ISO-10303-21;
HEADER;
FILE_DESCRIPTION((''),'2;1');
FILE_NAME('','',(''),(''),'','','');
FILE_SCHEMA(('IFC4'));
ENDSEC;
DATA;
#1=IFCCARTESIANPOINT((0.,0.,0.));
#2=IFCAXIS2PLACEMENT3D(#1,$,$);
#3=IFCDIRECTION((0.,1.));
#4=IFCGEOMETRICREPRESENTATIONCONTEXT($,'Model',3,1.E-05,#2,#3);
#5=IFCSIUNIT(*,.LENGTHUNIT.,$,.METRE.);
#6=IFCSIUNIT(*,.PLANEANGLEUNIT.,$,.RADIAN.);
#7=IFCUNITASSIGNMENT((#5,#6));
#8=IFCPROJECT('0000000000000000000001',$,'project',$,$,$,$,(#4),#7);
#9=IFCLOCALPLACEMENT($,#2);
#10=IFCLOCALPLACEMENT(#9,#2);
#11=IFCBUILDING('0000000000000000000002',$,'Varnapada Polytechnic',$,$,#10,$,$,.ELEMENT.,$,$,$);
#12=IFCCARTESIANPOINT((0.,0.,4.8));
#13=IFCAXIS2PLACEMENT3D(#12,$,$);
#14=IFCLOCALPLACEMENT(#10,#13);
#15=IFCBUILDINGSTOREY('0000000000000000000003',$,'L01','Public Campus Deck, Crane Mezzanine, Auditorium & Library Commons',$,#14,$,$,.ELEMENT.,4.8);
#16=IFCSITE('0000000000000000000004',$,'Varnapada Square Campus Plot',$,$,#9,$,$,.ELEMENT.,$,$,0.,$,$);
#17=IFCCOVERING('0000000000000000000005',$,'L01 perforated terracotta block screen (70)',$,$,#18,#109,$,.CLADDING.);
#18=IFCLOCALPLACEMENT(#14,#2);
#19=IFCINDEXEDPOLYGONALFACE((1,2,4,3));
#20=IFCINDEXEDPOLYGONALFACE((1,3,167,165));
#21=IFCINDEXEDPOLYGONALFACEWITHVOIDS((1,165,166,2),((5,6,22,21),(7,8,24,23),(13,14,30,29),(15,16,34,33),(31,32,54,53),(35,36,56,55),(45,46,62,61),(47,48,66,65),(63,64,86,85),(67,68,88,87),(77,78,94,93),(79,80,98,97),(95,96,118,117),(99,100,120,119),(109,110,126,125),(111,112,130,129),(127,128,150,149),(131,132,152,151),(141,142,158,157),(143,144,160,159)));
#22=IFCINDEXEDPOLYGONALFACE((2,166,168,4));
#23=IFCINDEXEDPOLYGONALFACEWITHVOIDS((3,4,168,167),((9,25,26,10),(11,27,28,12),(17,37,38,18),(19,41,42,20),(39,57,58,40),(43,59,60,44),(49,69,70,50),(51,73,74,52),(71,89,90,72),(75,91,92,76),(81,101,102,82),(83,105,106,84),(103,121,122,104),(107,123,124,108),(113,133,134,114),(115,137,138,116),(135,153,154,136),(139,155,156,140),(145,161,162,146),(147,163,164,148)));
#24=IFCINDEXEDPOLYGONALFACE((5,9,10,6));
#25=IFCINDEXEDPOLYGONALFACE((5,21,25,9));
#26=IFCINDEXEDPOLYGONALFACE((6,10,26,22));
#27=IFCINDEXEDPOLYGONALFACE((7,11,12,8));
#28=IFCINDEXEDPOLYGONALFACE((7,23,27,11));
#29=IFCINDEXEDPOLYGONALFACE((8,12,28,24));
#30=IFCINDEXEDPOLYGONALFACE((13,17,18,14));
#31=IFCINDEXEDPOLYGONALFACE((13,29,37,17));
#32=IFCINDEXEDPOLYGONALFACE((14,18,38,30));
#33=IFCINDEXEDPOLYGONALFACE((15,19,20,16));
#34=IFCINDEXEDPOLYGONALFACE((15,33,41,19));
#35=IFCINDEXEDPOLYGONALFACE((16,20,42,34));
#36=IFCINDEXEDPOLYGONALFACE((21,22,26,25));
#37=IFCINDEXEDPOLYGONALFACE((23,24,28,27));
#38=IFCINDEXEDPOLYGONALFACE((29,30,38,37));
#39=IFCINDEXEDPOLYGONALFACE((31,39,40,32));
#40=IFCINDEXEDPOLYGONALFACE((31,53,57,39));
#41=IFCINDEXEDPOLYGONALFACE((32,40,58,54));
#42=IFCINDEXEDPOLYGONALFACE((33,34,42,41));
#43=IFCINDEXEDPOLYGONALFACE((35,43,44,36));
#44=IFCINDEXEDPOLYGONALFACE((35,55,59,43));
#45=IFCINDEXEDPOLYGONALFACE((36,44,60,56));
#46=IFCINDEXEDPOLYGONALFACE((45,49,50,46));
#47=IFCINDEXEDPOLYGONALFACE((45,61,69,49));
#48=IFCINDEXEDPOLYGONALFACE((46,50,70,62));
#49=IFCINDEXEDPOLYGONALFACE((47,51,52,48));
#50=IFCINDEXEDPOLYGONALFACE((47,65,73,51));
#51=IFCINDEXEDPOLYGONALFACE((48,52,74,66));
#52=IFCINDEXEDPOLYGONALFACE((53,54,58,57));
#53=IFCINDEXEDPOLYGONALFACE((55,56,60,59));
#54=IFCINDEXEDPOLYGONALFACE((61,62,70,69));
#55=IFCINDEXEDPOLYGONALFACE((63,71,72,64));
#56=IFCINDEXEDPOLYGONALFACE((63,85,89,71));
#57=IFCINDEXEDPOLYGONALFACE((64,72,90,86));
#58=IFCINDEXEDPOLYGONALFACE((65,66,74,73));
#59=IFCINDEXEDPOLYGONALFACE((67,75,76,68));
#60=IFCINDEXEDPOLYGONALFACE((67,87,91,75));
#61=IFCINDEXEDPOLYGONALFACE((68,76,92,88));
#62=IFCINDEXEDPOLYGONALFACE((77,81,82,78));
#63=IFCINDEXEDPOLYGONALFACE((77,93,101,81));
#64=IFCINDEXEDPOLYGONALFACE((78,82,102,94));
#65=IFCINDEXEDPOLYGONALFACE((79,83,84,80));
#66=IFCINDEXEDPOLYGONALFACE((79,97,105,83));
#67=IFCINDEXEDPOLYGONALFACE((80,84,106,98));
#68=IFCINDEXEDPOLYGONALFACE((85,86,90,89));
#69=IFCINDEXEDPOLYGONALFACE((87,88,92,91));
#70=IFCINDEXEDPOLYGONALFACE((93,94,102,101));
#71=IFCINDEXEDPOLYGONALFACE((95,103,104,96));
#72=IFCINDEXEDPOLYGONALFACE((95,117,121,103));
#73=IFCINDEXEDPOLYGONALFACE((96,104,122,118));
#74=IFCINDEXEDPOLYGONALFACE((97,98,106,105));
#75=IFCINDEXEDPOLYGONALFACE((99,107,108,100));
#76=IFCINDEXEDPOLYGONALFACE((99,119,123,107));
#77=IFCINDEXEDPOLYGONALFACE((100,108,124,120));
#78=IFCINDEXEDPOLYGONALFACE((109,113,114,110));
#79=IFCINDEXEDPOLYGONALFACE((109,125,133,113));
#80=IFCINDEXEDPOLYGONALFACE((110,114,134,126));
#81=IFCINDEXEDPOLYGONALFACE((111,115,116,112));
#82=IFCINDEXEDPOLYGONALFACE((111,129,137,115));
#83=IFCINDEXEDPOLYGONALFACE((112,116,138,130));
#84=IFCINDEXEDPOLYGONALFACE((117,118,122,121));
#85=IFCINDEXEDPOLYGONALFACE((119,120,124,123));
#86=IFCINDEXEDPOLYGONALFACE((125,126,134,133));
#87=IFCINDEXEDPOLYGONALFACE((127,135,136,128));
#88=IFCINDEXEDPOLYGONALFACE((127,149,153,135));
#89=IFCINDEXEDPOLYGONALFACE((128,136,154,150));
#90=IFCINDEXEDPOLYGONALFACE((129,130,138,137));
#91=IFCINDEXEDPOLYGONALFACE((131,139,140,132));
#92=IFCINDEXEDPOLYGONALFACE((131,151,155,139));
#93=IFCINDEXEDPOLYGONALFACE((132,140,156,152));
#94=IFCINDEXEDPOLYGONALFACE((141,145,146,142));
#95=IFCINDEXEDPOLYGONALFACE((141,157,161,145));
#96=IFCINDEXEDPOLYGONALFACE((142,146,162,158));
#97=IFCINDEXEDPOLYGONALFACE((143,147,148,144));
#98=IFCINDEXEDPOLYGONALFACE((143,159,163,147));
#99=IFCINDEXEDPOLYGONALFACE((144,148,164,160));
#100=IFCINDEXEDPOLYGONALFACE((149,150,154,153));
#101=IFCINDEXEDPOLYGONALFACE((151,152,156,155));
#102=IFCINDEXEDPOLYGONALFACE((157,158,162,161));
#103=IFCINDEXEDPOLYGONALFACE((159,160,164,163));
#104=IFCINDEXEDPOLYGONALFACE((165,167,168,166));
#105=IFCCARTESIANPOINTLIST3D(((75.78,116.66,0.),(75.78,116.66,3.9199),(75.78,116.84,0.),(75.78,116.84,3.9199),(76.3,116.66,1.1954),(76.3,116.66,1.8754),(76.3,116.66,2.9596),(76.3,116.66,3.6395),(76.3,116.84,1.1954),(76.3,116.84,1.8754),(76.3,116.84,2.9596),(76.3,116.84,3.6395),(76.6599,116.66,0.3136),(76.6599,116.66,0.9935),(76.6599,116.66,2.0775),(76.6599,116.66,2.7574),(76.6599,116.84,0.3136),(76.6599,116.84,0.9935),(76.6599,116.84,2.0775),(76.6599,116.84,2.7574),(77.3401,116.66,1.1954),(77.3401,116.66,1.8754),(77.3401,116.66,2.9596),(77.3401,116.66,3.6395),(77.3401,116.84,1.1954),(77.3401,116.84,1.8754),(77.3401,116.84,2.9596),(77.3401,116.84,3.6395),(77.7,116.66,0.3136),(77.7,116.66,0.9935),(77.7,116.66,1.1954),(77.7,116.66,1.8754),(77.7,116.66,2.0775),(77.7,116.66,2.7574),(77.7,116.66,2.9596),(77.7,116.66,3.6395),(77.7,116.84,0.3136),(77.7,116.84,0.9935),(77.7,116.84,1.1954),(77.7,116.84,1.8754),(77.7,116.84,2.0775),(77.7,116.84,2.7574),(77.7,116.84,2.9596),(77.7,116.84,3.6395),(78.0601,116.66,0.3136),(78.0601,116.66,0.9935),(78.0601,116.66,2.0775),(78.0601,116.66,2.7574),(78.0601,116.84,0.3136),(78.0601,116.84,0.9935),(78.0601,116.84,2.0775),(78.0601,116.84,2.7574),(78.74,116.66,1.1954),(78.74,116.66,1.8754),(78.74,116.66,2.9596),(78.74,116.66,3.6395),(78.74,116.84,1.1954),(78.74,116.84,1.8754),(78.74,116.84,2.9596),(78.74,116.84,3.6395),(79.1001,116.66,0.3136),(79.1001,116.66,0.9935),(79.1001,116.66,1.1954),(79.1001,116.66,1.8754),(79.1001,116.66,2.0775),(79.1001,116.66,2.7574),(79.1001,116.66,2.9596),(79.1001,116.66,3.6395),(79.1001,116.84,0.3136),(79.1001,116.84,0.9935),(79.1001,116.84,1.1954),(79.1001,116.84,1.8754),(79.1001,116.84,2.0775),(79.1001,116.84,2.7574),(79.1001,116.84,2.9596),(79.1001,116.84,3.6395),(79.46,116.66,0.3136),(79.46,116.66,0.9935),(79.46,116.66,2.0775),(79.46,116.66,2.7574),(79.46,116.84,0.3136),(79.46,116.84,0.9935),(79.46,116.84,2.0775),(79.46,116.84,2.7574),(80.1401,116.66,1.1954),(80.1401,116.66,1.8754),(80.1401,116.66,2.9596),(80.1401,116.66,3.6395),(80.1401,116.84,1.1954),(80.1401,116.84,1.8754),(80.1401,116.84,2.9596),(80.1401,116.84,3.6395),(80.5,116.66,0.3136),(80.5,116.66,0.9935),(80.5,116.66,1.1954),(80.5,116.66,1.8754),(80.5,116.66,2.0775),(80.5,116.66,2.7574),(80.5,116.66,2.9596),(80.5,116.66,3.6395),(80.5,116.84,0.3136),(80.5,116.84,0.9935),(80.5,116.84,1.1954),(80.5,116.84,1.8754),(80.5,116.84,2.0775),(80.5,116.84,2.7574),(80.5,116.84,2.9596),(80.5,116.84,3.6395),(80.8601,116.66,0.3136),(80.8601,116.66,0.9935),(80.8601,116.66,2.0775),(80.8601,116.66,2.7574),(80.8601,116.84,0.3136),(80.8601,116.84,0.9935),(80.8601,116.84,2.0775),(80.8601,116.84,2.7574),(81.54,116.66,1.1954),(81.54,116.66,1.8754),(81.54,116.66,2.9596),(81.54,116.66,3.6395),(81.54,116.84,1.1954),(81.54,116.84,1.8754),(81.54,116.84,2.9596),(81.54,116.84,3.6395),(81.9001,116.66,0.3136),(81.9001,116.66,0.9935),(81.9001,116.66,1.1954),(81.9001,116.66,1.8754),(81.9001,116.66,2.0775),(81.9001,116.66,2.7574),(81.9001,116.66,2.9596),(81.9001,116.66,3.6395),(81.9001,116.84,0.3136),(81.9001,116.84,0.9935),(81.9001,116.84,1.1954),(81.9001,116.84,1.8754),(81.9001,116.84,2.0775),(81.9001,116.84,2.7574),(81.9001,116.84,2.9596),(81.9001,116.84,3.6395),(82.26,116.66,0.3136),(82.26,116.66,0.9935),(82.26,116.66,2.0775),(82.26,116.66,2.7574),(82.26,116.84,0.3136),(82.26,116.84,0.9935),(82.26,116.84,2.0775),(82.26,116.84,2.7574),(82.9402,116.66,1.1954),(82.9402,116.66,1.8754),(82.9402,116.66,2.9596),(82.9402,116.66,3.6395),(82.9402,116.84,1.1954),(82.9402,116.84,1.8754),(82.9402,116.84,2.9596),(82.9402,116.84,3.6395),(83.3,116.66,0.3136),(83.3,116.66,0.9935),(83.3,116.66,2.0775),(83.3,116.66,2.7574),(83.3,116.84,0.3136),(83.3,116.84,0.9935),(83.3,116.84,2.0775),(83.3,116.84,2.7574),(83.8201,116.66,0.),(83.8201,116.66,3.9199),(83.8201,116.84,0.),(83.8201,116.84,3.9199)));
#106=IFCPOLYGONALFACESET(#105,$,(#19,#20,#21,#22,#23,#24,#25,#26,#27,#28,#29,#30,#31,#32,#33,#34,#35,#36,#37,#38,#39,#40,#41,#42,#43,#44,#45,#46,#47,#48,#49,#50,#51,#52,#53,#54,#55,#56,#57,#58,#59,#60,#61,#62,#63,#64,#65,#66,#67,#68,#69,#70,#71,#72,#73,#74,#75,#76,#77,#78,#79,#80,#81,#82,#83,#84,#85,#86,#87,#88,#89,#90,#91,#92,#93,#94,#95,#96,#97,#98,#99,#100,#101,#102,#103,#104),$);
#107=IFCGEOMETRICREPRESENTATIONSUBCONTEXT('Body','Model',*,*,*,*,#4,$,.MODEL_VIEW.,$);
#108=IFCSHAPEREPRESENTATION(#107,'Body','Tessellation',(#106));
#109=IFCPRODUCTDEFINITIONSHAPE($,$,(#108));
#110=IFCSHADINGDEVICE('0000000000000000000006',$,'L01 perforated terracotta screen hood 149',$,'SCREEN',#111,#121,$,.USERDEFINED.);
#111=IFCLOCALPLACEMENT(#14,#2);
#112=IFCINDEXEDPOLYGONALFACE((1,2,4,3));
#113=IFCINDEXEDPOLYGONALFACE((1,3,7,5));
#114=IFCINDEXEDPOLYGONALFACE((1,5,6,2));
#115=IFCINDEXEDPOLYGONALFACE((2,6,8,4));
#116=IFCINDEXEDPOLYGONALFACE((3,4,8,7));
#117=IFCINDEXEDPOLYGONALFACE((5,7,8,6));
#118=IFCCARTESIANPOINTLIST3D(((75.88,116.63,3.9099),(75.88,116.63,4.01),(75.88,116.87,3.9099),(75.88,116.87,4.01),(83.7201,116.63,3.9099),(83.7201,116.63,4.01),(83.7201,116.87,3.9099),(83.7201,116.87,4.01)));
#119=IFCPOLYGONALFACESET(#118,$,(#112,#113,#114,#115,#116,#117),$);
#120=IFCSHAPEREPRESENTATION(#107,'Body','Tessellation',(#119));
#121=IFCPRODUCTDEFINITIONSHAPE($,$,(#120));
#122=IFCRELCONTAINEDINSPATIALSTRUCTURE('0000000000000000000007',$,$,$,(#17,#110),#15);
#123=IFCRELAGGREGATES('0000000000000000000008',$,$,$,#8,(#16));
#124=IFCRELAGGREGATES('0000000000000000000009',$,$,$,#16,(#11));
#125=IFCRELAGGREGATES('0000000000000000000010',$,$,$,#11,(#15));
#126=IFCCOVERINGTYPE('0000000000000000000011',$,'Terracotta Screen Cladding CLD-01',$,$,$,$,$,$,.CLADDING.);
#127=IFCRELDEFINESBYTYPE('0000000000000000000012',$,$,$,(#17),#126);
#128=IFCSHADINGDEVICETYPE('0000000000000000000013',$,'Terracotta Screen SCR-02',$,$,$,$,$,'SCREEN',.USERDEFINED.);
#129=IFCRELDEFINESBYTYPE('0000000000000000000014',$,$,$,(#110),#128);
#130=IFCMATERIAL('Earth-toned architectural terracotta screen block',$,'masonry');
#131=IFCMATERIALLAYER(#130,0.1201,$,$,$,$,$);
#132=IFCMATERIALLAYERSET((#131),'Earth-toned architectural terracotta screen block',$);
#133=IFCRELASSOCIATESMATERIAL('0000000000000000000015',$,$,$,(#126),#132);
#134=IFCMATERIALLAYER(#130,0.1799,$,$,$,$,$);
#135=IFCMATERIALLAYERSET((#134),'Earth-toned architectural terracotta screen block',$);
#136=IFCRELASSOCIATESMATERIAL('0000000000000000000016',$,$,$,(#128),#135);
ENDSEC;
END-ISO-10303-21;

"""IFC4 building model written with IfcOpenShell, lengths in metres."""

from ifc_helpers import new_model, si_unit, direction, frame, frame_2d, origin, origin_2d, place, context, subcontext, project, spatial, rectangle, extrude, material, layer, layer_set, type_object, element, save


model = new_model("IFC4")

# Units and contexts
model_context = context("Model", 3, precision=1e-05, world=origin(), true_north=direction((0.0, 1.0)))
body_context = subcontext(model_context, "Body", "Model", "MODEL_VIEW")
ifc_project = project(units=[si_unit("LENGTHUNIT", "METRE"), si_unit("PLANEANGLEUNIT", "RADIAN")], contexts=[model_context])

# Site, building, storey
site_placement = place(None, origin())
site = spatial("IfcSite", under=ifc_project, at=site_placement, Name="Varnapada Square Campus Plot", CompositionType="ELEMENT", RefElevation=0.0)
building_placement = place(site_placement, origin())
building = spatial("IfcBuilding", under=site, at=building_placement, Name="Varnapada Polytechnic", CompositionType="ELEMENT")
storey_placement = place(building_placement, frame((0.0, 0.0, 4.8)))
storey = spatial("IfcBuildingStorey", under=building, at=storey_placement, Name="L01", Description="Public Campus Deck, Crane Mezzanine, Auditorium & Library Commons", CompositionType="ELEMENT", Elevation=4.8)

# Covering, openings
ifc_material_1 = material(Name="Earth-toned architectural terracotta screen block", Category="masonry")
ifc_layer_1 = layer(ifc_material_1, 0.1201)
ifc_layer_set_1 = layer_set([ifc_layer_1], Name="Earth-toned architectural terracotta screen block")
covering_type = type_object("IfcCoveringType", Name="Terracotta Screen Cladding CLD-01", PredefinedType="CLADDING", material=ifc_layer_set_1)
covering_placement = place(storey_placement, frame((83.8201, 116.75, 0.0), z_axis=(0.0, 0.0, 1.0), x_axis=(-1.0, 0.0, 0.0)))
covering = element("IfcCovering", 1, at=covering_placement, inside=storey, type_object=covering_type, Name="L01 perforated terracotta block screen (70)", PredefinedType="CLADDING", context=body_context, shape_type="SweptSolid", body=[
    extrude(rectangle(XDim=8.04, YDim=0.1799, at=frame_2d((4.02, 0.0))), origin(), (0.0, 0.0, 1.0), 3.9199),
])
opening_1_placement = place(covering_placement, frame((0.52, 0.0, 0.3137)))
element("IfcOpeningElement", 2, at=opening_1_placement, cuts=covering, PredefinedType="OPENING", context=body_context, shape_type="SweptSolid", body=[
    extrude(rectangle(XDim=1.04, YDim=0.6799, at=frame_2d((0.52, 0.3398))), frame((0.0, 0.0999, 0.0), z_axis=(0.0, -1.0, 0.0), x_axis=(1.0, 0.0, 0.0)), (0.0, 0.0, 1.0), 0.2),
])
opening_2_placement = place(covering_placement, frame((1.9199, 0.0, 0.3137)))
element("IfcOpeningElement", 3, at=opening_2_placement, cuts=covering, PredefinedType="OPENING", context=body_context, shape_type="SweptSolid", body=[
    extrude(rectangle(XDim=1.04, YDim=0.6799, at=frame_2d((0.52, 0.3398))), frame((0.0, 0.0999, 0.0), z_axis=(0.0, -1.0, 0.0), x_axis=(1.0, 0.0, 0.0)), (0.0, 0.0, 1.0), 0.2),
])
opening_3_placement = place(covering_placement, frame((3.3201, 0.0, 0.3137)))
element("IfcOpeningElement", 4, at=opening_3_placement, cuts=covering, PredefinedType="OPENING", context=body_context, shape_type="SweptSolid", body=[
    extrude(rectangle(XDim=1.04, YDim=0.6799, at=frame_2d((0.52, 0.3398))), frame((0.0, 0.0999, 0.0), z_axis=(0.0, -1.0, 0.0), x_axis=(1.0, 0.0, 0.0)), (0.0, 0.0, 1.0), 0.2),
])
opening_4_placement = place(covering_placement, frame((4.72, 0.0, 0.3137)))
element("IfcOpeningElement", 5, at=opening_4_placement, cuts=covering, PredefinedType="OPENING", context=body_context, shape_type="SweptSolid", body=[
    extrude(rectangle(XDim=1.04, YDim=0.6799, at=frame_2d((0.52, 0.3398))), frame((0.0, 0.0999, 0.0), z_axis=(0.0, -1.0, 0.0), x_axis=(1.0, 0.0, 0.0)), (0.0, 0.0, 1.0), 0.2),
])
opening_5_placement = place(covering_placement, frame((6.1201, 0.0, 0.3137)))
element("IfcOpeningElement", 6, at=opening_5_placement, cuts=covering, PredefinedType="OPENING", context=body_context, shape_type="SweptSolid", body=[
    extrude(rectangle(XDim=1.04, YDim=0.6799, at=frame_2d((0.52, 0.3398))), frame((0.0, 0.0999, 0.0), z_axis=(0.0, -1.0, 0.0), x_axis=(1.0, 0.0, 0.0)), (0.0, 0.0, 1.0), 0.2),
])
opening_6_placement = place(covering_placement, frame((0.8799, 0.0, 1.1956)))
element("IfcOpeningElement", 7, at=opening_6_placement, cuts=covering, PredefinedType="OPENING", context=body_context, shape_type="SweptSolid", body=[
    extrude(rectangle(XDim=1.04, YDim=0.6799, at=frame_2d((0.52, 0.3398))), frame((0.0, 0.0999, 0.0), z_axis=(0.0, -1.0, 0.0), x_axis=(1.0, 0.0, 0.0)), (0.0, 0.0, 1.0), 0.2),
])
opening_7_placement = place(covering_placement, frame((2.28, 0.0, 1.1956)))
element("IfcOpeningElement", 8, at=opening_7_placement, cuts=covering, PredefinedType="OPENING", context=body_context, shape_type="SweptSolid", body=[
    extrude(rectangle(XDim=1.04, YDim=0.6799, at=frame_2d((0.52, 0.3398))), frame((0.0, 0.0999, 0.0), z_axis=(0.0, -1.0, 0.0), x_axis=(1.0, 0.0, 0.0)), (0.0, 0.0, 1.0), 0.2),
])
opening_8_placement = place(covering_placement, frame((3.6799, 0.0, 1.1956)))
element("IfcOpeningElement", 9, at=opening_8_placement, cuts=covering, PredefinedType="OPENING", context=body_context, shape_type="SweptSolid", body=[
    extrude(rectangle(XDim=1.04, YDim=0.6799, at=frame_2d((0.52, 0.3398))), frame((0.0, 0.0999, 0.0), z_axis=(0.0, -1.0, 0.0), x_axis=(1.0, 0.0, 0.0)), (0.0, 0.0, 1.0), 0.2),
])
opening_9_placement = place(covering_placement, frame((5.0801, 0.0, 1.1956)))
element("IfcOpeningElement", 10, at=opening_9_placement, cuts=covering, PredefinedType="OPENING", context=body_context, shape_type="SweptSolid", body=[
    extrude(rectangle(XDim=1.04, YDim=0.6799, at=frame_2d((0.52, 0.3398))), frame((0.0, 0.0999, 0.0), z_axis=(0.0, -1.0, 0.0), x_axis=(1.0, 0.0, 0.0)), (0.0, 0.0, 1.0), 0.2),
])
opening_10_placement = place(covering_placement, frame((6.48, 0.0, 1.1956)))
element("IfcOpeningElement", 11, at=opening_10_placement, cuts=covering, PredefinedType="OPENING", context=body_context, shape_type="SweptSolid", body=[
    extrude(rectangle(XDim=1.04, YDim=0.6799, at=frame_2d((0.52, 0.3398))), frame((0.0, 0.0999, 0.0), z_axis=(0.0, -1.0, 0.0), x_axis=(1.0, 0.0, 0.0)), (0.0, 0.0, 1.0), 0.2),
])
opening_11_placement = place(covering_placement, frame((0.52, 0.0, 2.0776)))
element("IfcOpeningElement", 12, at=opening_11_placement, cuts=covering, PredefinedType="OPENING", context=body_context, shape_type="SweptSolid", body=[
    extrude(rectangle(XDim=1.04, YDim=0.6799, at=frame_2d((0.52, 0.3398))), frame((0.0, 0.0999, 0.0), z_axis=(0.0, -1.0, 0.0), x_axis=(1.0, 0.0, 0.0)), (0.0, 0.0, 1.0), 0.2),
])
opening_12_placement = place(covering_placement, frame((1.9199, 0.0, 2.0776)))
element("IfcOpeningElement", 13, at=opening_12_placement, cuts=covering, PredefinedType="OPENING", context=body_context, shape_type="SweptSolid", body=[
    extrude(rectangle(XDim=1.04, YDim=0.6799, at=frame_2d((0.52, 0.3398))), frame((0.0, 0.0999, 0.0), z_axis=(0.0, -1.0, 0.0), x_axis=(1.0, 0.0, 0.0)), (0.0, 0.0, 1.0), 0.2),
])
opening_13_placement = place(covering_placement, frame((3.3201, 0.0, 2.0776)))
element("IfcOpeningElement", 14, at=opening_13_placement, cuts=covering, PredefinedType="OPENING", context=body_context, shape_type="SweptSolid", body=[
    extrude(rectangle(XDim=1.04, YDim=0.6799, at=frame_2d((0.52, 0.3398))), frame((0.0, 0.0999, 0.0), z_axis=(0.0, -1.0, 0.0), x_axis=(1.0, 0.0, 0.0)), (0.0, 0.0, 1.0), 0.2),
])
opening_14_placement = place(covering_placement, frame((4.72, 0.0, 2.0776)))
element("IfcOpeningElement", 15, at=opening_14_placement, cuts=covering, PredefinedType="OPENING", context=body_context, shape_type="SweptSolid", body=[
    extrude(rectangle(XDim=1.04, YDim=0.6799, at=frame_2d((0.52, 0.3398))), frame((0.0, 0.0999, 0.0), z_axis=(0.0, -1.0, 0.0), x_axis=(1.0, 0.0, 0.0)), (0.0, 0.0, 1.0), 0.2),
])
opening_15_placement = place(covering_placement, frame((6.1201, 0.0, 2.0776)))
element("IfcOpeningElement", 16, at=opening_15_placement, cuts=covering, PredefinedType="OPENING", context=body_context, shape_type="SweptSolid", body=[
    extrude(rectangle(XDim=1.04, YDim=0.6799, at=frame_2d((0.52, 0.3398))), frame((0.0, 0.0999, 0.0), z_axis=(0.0, -1.0, 0.0), x_axis=(1.0, 0.0, 0.0)), (0.0, 0.0, 1.0), 0.2),
])
opening_16_placement = place(covering_placement, frame((0.8799, 0.0, 2.9597)))
element("IfcOpeningElement", 17, at=opening_16_placement, cuts=covering, PredefinedType="OPENING", context=body_context, shape_type="SweptSolid", body=[
    extrude(rectangle(XDim=1.04, YDim=0.6799, at=frame_2d((0.52, 0.3398))), frame((0.0, 0.0999, 0.0), z_axis=(0.0, -1.0, 0.0), x_axis=(1.0, 0.0, 0.0)), (0.0, 0.0, 1.0), 0.2),
])
opening_17_placement = place(covering_placement, frame((2.28, 0.0, 2.9597)))
element("IfcOpeningElement", 18, at=opening_17_placement, cuts=covering, PredefinedType="OPENING", context=body_context, shape_type="SweptSolid", body=[
    extrude(rectangle(XDim=1.04, YDim=0.6799, at=frame_2d((0.52, 0.3398))), frame((0.0, 0.0999, 0.0), z_axis=(0.0, -1.0, 0.0), x_axis=(1.0, 0.0, 0.0)), (0.0, 0.0, 1.0), 0.2),
])
opening_18_placement = place(covering_placement, frame((3.6799, 0.0, 2.9597)))
element("IfcOpeningElement", 19, at=opening_18_placement, cuts=covering, PredefinedType="OPENING", context=body_context, shape_type="SweptSolid", body=[
    extrude(rectangle(XDim=1.04, YDim=0.6799, at=frame_2d((0.52, 0.3398))), frame((0.0, 0.0999, 0.0), z_axis=(0.0, -1.0, 0.0), x_axis=(1.0, 0.0, 0.0)), (0.0, 0.0, 1.0), 0.2),
])
opening_19_placement = place(covering_placement, frame((5.0801, 0.0, 2.9597)))
element("IfcOpeningElement", 20, at=opening_19_placement, cuts=covering, PredefinedType="OPENING", context=body_context, shape_type="SweptSolid", body=[
    extrude(rectangle(XDim=1.04, YDim=0.6799, at=frame_2d((0.52, 0.3398))), frame((0.0, 0.0999, 0.0), z_axis=(0.0, -1.0, 0.0), x_axis=(1.0, 0.0, 0.0)), (0.0, 0.0, 1.0), 0.2),
])
opening_20_placement = place(covering_placement, frame((6.48, 0.0, 2.9597)))
element("IfcOpeningElement", 21, at=opening_20_placement, cuts=covering, PredefinedType="OPENING", context=body_context, shape_type="SweptSolid", body=[
    extrude(rectangle(XDim=1.04, YDim=0.6799, at=frame_2d((0.52, 0.3398))), frame((0.0, 0.0999, 0.0), z_axis=(0.0, -1.0, 0.0), x_axis=(1.0, 0.0, 0.0)), (0.0, 0.0, 1.0), 0.2),
])

# Shading device
ifc_layer_2 = layer(ifc_material_1, 0.1799)
ifc_layer_set_2 = layer_set([ifc_layer_2], Name="Earth-toned architectural terracotta screen block")
shading_device_type = type_object("IfcShadingDeviceType", Name="Terracotta Screen SCR-02", ElementType="SCREEN", PredefinedType="USERDEFINED", material=ifc_layer_set_2)
for number, where, z_axis, x_axis, name in (
    (22, (79.8, 116.75, 3.9099), (0.0, 0.0, 1.0), (-1.0, 0.0, 0.0), "L01 perforated terracotta screen hood 149"),
):
    element("IfcShadingDevice", number, at=place(storey_placement, frame(where, z_axis=z_axis, x_axis=x_axis)), inside=storey, type_object=shading_device_type, Name=name, ObjectType="SCREEN", PredefinedType="USERDEFINED", context=body_context, shape_type="SweptSolid", body=[
        extrude(rectangle(XDim=7.8401, YDim=0.24, at=origin_2d()), origin(), (0.0, 0.0, 1.0), 0.1001),
    ])

save(model, "model.ifc")
